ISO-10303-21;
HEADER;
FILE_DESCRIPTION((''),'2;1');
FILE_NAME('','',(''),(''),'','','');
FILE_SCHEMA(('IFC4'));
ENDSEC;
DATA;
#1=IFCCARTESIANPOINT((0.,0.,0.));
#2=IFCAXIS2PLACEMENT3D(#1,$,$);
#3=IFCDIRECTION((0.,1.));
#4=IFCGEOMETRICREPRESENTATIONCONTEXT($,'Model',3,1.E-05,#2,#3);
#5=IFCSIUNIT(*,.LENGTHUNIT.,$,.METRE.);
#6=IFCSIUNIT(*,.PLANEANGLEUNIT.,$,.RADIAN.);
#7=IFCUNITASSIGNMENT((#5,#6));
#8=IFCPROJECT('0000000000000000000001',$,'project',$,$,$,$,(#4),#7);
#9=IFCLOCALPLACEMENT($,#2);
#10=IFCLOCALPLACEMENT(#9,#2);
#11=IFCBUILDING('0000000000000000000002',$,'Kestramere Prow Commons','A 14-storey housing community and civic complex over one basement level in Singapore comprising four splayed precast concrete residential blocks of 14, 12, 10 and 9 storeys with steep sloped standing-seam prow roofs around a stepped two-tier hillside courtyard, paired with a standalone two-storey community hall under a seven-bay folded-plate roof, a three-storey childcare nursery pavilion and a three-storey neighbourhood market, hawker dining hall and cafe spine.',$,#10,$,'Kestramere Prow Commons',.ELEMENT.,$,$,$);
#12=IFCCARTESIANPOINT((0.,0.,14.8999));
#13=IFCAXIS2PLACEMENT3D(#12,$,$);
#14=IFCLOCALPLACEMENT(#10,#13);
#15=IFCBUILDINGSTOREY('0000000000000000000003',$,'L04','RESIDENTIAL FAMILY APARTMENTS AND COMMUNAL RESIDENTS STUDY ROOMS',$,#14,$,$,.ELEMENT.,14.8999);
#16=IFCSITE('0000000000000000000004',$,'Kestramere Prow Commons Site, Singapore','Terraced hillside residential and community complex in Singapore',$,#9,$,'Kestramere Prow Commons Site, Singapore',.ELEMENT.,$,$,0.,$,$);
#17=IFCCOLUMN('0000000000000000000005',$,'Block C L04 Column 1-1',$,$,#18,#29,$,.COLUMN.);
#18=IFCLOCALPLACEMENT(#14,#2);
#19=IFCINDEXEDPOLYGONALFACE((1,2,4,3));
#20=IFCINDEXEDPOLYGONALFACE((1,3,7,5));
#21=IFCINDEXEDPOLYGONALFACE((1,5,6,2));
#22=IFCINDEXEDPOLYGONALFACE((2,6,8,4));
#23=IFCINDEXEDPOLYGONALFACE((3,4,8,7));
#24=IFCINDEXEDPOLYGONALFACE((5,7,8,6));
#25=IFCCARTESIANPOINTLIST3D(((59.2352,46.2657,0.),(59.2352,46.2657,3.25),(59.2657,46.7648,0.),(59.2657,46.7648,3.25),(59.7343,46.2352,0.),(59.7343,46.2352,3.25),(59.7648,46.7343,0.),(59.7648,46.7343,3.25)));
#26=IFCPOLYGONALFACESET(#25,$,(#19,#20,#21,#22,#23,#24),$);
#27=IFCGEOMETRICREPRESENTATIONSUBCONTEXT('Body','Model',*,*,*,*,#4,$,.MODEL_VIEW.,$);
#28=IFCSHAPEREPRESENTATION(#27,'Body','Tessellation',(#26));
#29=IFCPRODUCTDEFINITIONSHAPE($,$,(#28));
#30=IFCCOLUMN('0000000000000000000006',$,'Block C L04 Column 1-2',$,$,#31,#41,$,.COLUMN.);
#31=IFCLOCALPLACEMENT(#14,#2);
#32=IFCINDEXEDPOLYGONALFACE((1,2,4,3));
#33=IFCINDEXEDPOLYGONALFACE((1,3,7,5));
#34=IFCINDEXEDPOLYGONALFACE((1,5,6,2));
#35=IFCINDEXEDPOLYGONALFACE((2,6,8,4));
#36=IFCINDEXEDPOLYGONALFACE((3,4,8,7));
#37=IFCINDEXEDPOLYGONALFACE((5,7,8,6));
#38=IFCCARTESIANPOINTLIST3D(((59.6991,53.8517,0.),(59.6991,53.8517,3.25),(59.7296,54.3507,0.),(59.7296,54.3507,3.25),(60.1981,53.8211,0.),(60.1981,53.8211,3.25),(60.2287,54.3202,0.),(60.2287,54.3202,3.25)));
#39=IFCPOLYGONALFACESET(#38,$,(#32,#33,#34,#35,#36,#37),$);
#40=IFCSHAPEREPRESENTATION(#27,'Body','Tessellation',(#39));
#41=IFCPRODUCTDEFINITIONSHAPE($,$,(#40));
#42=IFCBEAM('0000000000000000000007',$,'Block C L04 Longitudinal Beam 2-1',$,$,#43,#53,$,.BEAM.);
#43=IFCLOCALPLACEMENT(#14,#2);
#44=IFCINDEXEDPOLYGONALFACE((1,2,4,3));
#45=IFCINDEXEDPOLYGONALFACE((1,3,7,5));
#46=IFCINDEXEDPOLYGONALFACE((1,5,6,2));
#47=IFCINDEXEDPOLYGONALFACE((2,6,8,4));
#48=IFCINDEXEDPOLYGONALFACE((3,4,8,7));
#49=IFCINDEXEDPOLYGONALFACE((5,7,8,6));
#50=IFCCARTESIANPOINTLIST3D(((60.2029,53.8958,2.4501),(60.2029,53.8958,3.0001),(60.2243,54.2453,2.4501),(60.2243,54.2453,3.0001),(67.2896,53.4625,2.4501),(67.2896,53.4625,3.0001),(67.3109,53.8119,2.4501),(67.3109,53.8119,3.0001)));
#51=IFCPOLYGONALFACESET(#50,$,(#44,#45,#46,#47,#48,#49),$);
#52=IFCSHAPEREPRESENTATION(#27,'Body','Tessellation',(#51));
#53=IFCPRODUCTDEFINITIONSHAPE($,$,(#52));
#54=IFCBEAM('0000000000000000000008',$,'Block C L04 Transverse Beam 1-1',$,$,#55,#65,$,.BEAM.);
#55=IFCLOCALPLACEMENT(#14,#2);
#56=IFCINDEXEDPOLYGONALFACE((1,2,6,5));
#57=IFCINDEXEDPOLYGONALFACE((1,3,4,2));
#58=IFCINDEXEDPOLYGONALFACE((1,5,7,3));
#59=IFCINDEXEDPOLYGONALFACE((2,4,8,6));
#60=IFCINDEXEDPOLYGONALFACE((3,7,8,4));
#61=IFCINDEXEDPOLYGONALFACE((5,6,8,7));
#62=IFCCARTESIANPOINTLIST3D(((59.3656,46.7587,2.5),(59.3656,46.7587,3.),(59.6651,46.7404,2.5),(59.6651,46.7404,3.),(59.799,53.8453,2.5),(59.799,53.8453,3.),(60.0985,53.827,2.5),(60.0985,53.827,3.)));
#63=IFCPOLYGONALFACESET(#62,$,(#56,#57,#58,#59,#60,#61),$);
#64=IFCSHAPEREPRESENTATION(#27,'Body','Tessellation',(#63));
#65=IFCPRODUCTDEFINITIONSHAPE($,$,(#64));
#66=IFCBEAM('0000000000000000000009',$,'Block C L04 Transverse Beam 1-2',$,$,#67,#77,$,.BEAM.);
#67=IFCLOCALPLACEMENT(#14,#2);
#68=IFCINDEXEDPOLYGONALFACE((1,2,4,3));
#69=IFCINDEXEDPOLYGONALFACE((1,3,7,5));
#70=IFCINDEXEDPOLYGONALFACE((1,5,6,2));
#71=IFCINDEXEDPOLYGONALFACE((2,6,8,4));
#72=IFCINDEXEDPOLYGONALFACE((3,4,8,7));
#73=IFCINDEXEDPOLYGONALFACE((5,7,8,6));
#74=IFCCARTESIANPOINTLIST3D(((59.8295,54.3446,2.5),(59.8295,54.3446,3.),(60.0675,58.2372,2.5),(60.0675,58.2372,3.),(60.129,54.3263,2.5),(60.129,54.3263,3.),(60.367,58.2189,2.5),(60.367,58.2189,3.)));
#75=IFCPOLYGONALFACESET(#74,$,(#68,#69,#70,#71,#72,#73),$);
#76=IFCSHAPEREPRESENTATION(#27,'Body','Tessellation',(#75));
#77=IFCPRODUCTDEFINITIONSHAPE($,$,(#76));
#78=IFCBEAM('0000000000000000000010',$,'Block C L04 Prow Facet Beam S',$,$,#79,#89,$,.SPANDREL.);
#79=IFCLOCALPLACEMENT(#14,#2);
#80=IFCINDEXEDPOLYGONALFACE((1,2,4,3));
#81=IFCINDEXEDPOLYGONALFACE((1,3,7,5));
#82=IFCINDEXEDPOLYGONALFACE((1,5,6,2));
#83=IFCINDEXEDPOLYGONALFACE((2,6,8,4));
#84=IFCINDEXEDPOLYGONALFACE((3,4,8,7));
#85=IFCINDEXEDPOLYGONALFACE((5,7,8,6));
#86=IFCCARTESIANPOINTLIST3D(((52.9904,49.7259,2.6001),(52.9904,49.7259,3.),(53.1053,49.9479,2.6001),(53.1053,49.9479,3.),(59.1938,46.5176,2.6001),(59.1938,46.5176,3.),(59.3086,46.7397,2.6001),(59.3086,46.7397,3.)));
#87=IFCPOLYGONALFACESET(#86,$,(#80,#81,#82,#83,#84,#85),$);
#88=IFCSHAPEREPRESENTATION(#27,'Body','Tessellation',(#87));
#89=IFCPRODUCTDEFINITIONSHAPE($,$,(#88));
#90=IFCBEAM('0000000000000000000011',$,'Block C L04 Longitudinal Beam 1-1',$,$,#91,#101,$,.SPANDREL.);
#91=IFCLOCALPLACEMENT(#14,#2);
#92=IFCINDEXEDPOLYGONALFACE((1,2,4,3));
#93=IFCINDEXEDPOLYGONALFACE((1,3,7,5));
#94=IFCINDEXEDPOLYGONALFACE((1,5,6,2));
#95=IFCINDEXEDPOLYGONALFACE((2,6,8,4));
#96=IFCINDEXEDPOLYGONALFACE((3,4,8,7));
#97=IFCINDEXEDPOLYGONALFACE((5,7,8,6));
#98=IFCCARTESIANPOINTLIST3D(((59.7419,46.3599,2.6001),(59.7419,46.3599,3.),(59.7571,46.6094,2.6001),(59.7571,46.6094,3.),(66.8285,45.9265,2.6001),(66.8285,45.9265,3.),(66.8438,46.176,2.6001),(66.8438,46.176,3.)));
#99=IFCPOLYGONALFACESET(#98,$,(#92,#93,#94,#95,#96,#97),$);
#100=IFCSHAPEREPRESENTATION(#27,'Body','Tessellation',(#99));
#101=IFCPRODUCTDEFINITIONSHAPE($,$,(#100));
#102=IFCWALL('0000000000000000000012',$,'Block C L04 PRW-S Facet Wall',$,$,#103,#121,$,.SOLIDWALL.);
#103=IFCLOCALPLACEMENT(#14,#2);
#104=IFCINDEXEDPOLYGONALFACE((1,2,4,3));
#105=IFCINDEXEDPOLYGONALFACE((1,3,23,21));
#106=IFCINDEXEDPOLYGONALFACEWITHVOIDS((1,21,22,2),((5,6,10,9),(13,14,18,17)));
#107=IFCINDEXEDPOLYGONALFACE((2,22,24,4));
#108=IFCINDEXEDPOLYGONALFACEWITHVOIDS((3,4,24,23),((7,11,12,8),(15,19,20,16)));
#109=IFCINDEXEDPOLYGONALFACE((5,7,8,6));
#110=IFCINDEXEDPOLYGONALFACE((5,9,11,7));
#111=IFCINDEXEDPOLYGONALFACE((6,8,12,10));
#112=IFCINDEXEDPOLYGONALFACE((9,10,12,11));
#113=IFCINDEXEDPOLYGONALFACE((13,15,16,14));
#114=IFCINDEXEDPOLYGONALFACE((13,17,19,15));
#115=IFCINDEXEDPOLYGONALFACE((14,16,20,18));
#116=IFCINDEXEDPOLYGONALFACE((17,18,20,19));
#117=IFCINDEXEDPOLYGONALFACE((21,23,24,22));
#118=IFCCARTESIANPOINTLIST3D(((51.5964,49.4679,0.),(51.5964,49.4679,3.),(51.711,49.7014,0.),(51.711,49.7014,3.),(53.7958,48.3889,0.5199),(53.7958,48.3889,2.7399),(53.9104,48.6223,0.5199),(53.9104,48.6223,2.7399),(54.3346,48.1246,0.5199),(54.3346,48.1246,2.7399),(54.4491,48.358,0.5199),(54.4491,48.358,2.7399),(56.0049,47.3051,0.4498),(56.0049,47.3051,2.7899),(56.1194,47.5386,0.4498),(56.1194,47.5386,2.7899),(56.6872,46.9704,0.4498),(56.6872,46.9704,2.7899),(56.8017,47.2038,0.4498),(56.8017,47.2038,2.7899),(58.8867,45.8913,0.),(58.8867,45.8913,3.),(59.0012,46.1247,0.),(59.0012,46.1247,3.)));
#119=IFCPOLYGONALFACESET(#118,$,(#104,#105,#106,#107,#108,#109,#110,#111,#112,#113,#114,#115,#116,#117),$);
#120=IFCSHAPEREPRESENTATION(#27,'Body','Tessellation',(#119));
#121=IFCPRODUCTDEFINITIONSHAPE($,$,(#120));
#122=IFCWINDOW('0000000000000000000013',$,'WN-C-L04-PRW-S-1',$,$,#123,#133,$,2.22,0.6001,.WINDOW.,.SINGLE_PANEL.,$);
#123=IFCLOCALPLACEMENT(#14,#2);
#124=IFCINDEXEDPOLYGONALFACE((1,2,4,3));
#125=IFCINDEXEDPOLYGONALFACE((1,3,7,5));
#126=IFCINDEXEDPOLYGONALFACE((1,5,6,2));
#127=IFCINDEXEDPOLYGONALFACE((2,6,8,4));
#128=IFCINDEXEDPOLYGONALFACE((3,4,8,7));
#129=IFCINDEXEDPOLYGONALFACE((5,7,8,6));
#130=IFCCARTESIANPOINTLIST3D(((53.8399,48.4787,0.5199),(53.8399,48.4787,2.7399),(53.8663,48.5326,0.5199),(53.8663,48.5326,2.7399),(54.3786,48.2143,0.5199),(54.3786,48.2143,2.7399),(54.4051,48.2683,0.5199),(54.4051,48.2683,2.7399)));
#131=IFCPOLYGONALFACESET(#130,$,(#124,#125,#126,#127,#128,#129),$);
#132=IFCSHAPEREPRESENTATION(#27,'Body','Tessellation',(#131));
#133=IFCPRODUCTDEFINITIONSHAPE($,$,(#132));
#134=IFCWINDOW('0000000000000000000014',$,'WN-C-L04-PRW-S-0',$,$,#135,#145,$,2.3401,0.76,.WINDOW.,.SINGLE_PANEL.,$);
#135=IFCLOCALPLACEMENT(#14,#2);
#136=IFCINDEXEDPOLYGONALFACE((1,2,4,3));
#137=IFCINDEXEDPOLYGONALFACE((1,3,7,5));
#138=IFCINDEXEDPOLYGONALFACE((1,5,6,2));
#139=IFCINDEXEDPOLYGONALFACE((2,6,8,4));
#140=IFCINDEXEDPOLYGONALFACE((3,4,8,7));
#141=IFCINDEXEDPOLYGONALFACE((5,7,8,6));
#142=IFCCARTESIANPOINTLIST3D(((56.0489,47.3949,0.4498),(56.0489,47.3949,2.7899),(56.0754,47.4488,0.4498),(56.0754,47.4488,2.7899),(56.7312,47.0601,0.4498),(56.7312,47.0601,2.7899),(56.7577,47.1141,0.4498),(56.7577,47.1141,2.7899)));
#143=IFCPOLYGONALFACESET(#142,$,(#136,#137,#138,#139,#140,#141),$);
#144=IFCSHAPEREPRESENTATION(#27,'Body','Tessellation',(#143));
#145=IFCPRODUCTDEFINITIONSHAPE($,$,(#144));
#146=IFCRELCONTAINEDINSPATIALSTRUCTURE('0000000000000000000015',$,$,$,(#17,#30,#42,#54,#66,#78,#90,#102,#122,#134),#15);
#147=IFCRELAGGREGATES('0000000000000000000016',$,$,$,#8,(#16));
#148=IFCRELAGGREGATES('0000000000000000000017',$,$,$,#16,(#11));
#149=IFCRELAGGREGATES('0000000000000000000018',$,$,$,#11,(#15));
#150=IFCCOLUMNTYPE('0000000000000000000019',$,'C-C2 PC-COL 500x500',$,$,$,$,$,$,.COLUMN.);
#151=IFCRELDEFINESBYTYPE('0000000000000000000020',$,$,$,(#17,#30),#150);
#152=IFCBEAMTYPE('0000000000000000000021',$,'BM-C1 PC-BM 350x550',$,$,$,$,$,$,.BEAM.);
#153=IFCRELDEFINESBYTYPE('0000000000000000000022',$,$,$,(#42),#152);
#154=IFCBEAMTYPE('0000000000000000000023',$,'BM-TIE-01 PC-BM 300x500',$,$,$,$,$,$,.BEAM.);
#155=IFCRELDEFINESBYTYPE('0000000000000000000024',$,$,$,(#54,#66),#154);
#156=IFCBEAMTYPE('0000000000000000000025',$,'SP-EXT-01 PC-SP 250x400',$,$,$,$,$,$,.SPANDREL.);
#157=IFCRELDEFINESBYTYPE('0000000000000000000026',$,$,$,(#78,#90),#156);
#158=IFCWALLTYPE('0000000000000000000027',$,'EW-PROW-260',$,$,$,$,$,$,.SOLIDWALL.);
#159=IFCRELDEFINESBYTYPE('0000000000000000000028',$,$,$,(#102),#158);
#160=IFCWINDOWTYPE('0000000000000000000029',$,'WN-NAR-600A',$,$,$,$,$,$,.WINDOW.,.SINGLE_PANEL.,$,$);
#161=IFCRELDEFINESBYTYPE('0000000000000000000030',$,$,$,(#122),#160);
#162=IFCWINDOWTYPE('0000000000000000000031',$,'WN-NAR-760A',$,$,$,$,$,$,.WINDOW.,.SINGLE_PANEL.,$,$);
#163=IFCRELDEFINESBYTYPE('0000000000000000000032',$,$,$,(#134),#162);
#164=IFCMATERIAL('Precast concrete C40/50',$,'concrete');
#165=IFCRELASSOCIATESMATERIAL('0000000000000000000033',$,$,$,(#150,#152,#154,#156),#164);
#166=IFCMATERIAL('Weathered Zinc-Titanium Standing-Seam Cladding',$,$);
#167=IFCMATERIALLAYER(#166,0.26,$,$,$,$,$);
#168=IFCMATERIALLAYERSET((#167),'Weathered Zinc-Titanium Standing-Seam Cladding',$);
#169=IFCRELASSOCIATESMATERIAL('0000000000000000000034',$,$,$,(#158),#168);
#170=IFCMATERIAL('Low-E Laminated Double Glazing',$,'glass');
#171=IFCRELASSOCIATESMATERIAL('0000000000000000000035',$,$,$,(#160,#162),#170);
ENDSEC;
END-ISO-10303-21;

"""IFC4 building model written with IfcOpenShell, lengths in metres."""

from ifc_helpers import new_model, si_unit, direction, frame, frame_2d, origin, origin_2d, place, context, subcontext, project, spatial, rectangle, extrude, material, layer, layer_set, material_profile, profile_set, type_object, element, fill, save


model = new_model("IFC4")

# Units and contexts
model_context = context("Model", 3, precision=1e-05, world=origin(), true_north=direction((0.0, 1.0)))
body_context = subcontext(model_context, "Body", "Model", "MODEL_VIEW")
ifc_project = project(units=[si_unit("LENGTHUNIT", "METRE"), si_unit("PLANEANGLEUNIT", "RADIAN")], contexts=[model_context])

# Site, building, storey
site_placement = place(None, origin())
site = spatial("IfcSite", under=ifc_project, at=site_placement, Name="Kestramere Prow Commons Site, Singapore", Description="Terraced hillside residential and community complex in Singapore", LongName="Kestramere Prow Commons Site, Singapore", CompositionType="ELEMENT", RefElevation=0.0)
building_placement = place(site_placement, origin())
building = spatial("IfcBuilding", under=site, at=building_placement, Name="Kestramere Prow Commons", Description="A 14-storey housing community and civic complex over one basement level in Singapore comprising four splayed precast concrete residential blocks of 14, 12, 10 and 9 storeys with steep sloped standing-seam prow roofs around a stepped two-tier hillside courtyard, paired with a standalone two-storey community hall under a seven-bay folded-plate roof, a three-storey childcare nursery pavilion and a three-storey neighbourhood market, hawker dining hall and cafe spine.", LongName="Kestramere Prow Commons", CompositionType="ELEMENT")
storey_placement = place(building_placement, frame((0.0, 0.0, 14.8999)))
storey = spatial("IfcBuildingStorey", under=building, at=storey_placement, Name="L04", Description="RESIDENTIAL FAMILY APARTMENTS AND COMMUNAL RESIDENTS STUDY ROOMS", CompositionType="ELEMENT", Elevation=14.8999)

# Columns
ifc_material_1 = material(Name="Precast concrete C40/50", Category="concrete")
ifc_material_profile_1 = material_profile(ifc_material_1, rectangle(XDim=0.5, YDim=0.5, at=origin_2d()), Name="PC-COL 500x500")
ifc_profile_set_1 = profile_set([ifc_material_profile_1], Name="Precast concrete C40/50")
column_type = type_object("IfcColumnType", Name="C-C2 PC-COL 500x500", PredefinedType="COLUMN", material=ifc_profile_set_1)
for number, where, z_axis, x_axis, name in (
    (1, (59.5, 46.5, 0.0), (0.0, 0.0, 1.0), (0.998135, -0.061049, 0.0), "Block C L04 Column 1-1"),
    (2, (59.9639, 54.0859, 0.0), (0.0, 0.0, 1.0), (0.998135, -0.061049, 0.0), "Block C L04 Column 1-2"),
):
    element("IfcColumn", number, at=place(storey_placement, frame(where, z_axis=z_axis, x_axis=x_axis)), inside=storey, type_object=column_type, Name=name, PredefinedType="COLUMN", context=body_context, shape_type="SweptSolid", body=[
        extrude(rectangle(XDim=0.5, YDim=0.5, at=origin_2d()), origin(), (0.0, 0.0, 1.0), 3.25),
    ])

# Beams
ifc_material_profile_2 = material_profile(ifc_material_1, rectangle(XDim=0.3501, YDim=0.55, at=origin_2d()), Name="PC-BM 350x550")
ifc_profile_set_2 = profile_set([ifc_material_profile_2], Name="Precast concrete C40/50")
beam_type_1 = type_object("IfcBeamType", Name="BM-C1 PC-BM 350x550", PredefinedType="BEAM", material=ifc_profile_set_2)
beam_1_placement = place(storey_placement, frame((60.2136, 54.0706, 2.7251), z_axis=(0.998136, -0.061036, 0.0), x_axis=(0.061036, 0.998136, 0.0)))
element("IfcBeam", 3, at=beam_1_placement, inside=storey, type_object=beam_type_1, Name="Block C L04 Longitudinal Beam 2-1", PredefinedType="BEAM", context=body_context, shape_type="SweptSolid", body=[
    extrude(rectangle(XDim=0.3501, YDim=0.55, at=origin_2d()), origin(), (0.0, 0.0, 1.0), 7.0999),
])
ifc_material_profile_3 = material_profile(ifc_material_1, rectangle(XDim=0.3, YDim=0.5, at=origin_2d()), Name="PC-BM 300x500")
ifc_profile_set_3 = profile_set([ifc_material_profile_3], Name="Precast concrete C40/50")
beam_type_2 = type_object("IfcBeamType", Name="BM-TIE-01 PC-BM 300x500", PredefinedType="BEAM", material=ifc_profile_set_3)
beam_2_placement = place(storey_placement, frame((59.5154, 46.7495, 2.75), z_axis=(0.061036, 0.998136, 0.0), x_axis=(-0.998136, 0.061036, 0.0)))
element("IfcBeam", 4, at=beam_2_placement, inside=storey, type_object=beam_type_2, Name="Block C L04 Transverse Beam 1-1", PredefinedType="BEAM", context=body_context, shape_type="SweptSolid", body=[
    extrude(rectangle(XDim=0.3, YDim=0.5, at=origin_2d()), origin(), (0.0, 0.0, 1.0), 7.0999),
])
beam_3_placement = place(storey_placement, frame((59.9792, 54.3354, 2.75), z_axis=(0.061038, 0.998135, 0.0), x_axis=(-0.998135, 0.061038, 0.0)))
element("IfcBeam", 5, at=beam_3_placement, inside=storey, type_object=beam_type_2, Name="Block C L04 Transverse Beam 1-2", PredefinedType="BEAM", context=body_context, shape_type="SweptSolid", body=[
    extrude(rectangle(XDim=0.3, YDim=0.5, at=origin_2d()), origin(), (0.0, 0.0, 1.0), 3.8999),
])
ifc_material_profile_4 = material_profile(ifc_material_1, rectangle(XDim=0.25, YDim=0.3999, at=origin_2d()), Name="PC-SP 250x400")
ifc_profile_set_4 = profile_set([ifc_material_profile_4], Name="Precast concrete C40/50")
beam_type_3 = type_object("IfcBeamType", Name="SP-EXT-01 PC-SP 250x400", PredefinedType="SPANDREL", material=ifc_profile_set_4)
beam_4_placement = place(storey_placement, frame((59.2512, 46.6287, 2.8), z_axis=(-0.88824, 0.459379, 0.0), x_axis=(-0.459379, -0.88824, 0.0)))
element("IfcBeam", 6, at=beam_4_placement, inside=storey, type_object=beam_type_3, Name="Block C L04 Prow Facet Beam S", PredefinedType="SPANDREL", context=body_context, shape_type="SweptSolid", body=[
    extrude(rectangle(XDim=0.25, YDim=0.3999, at=origin_2d()), origin(), (0.0, 0.0, 1.0), 6.9839),
])
beam_5_placement = place(storey_placement, frame((59.7495, 46.4846, 2.8), z_axis=(0.998136, -0.061036, 0.0), x_axis=(0.061036, 0.998136, 0.0)))
element("IfcBeam", 7, at=beam_5_placement, inside=storey, type_object=beam_type_3, Name="Block C L04 Longitudinal Beam 1-1", PredefinedType="SPANDREL", context=body_context, shape_type="SweptSolid", body=[
    extrude(rectangle(XDim=0.25, YDim=0.3999, at=origin_2d()), origin(), (0.0, 0.0, 1.0), 7.0999),
])

# Wall, openings, windows
ifc_material_2 = material(Name="Weathered Zinc-Titanium Standing-Seam Cladding")
ifc_layer_1 = layer(ifc_material_2, 0.26)
ifc_layer_set_1 = layer_set([ifc_layer_1], Name="Weathered Zinc-Titanium Standing-Seam Cladding")
wall_type_1 = type_object("IfcWallType", Name="EW-PROW-260", PredefinedType="SOLIDWALL", material=ifc_layer_set_1)
wall_1_placement = place(storey_placement, frame((58.9438, 46.0081, 0.0), z_axis=(0.0, 0.0, 1.0), x_axis=(-0.897775, 0.440454, 0.0)))
wall_1 = element("IfcWall", 8, at=wall_1_placement, inside=storey, type_object=wall_type_1, Name="Block C L04 PRW-S Facet Wall", PredefinedType="SOLIDWALL", context=body_context, shape_type="SweptSolid", body=[
    extrude(rectangle(XDim=8.1204, YDim=0.26, at=frame_2d((4.0601, 0.0))), origin(), (0.0, 0.0, 1.0), 3.0),
])
opening_1_placement = place(wall_1_placement, frame((2.45, 0.0, 0.45)))
opening_1 = element("IfcOpeningElement", 9, at=opening_1_placement, cuts=wall_1, PredefinedType="OPENING", context=body_context, shape_type="SweptSolid", body=[
    extrude(rectangle(XDim=0.76, YDim=2.3401, at=frame_2d((0.3799, 1.1699))), frame((0.0, 0.145, 0.0), z_axis=(0.0, -1.0, 0.0), x_axis=(1.0, 0.0, 0.0)), (0.0, 0.0, 1.0), 0.29),
])
opening_2_placement = place(wall_1_placement, frame((5.0703, 0.0, 0.52)))
opening_2 = element("IfcOpeningElement", 10, at=opening_2_placement, cuts=wall_1, PredefinedType="OPENING", context=body_context, shape_type="SweptSolid", body=[
    extrude(rectangle(XDim=0.6001, YDim=2.22, at=frame_2d((0.3, 1.1099))), frame((0.0, 0.145, 0.0), z_axis=(0.0, -1.0, 0.0), x_axis=(1.0, 0.0, 0.0)), (0.0, 0.0, 1.0), 0.29),
])
ifc_material_3 = material(Name="Low-E Laminated Double Glazing", Category="glass")
window_type_1 = type_object("IfcWindowType", Name="WN-NAR-600A", PartitioningType="SINGLE_PANEL", PredefinedType="WINDOW", material=ifc_material_3)
window_1_placement = place(opening_2_placement, origin())
window_1 = element("IfcWindow", 11, at=window_1_placement, inside=storey, type_object=window_type_1, Name="WN-C-L04-PRW-S-1", OverallHeight=2.22, OverallWidth=0.6001, PartitioningType="SINGLE_PANEL", PredefinedType="WINDOW", context=body_context, shape_type="SweptSolid", body=[
    extrude(rectangle(XDim=0.6001, YDim=2.22, at=frame_2d((0.3, 1.1099))), frame((0.0, 0.03, 0.0), z_axis=(0.0, -1.0, 0.0), x_axis=(1.0, 0.0, 0.0)), (0.0, 0.0, 1.0), 0.0601),
])
fill(opening_2, window_1)
window_type_2 = type_object("IfcWindowType", Name="WN-NAR-760A", PartitioningType="SINGLE_PANEL", PredefinedType="WINDOW", material=ifc_material_3)
window_2_placement = place(opening_1_placement, origin())
window_2 = element("IfcWindow", 12, at=window_2_placement, inside=storey, type_object=window_type_2, Name="WN-C-L04-PRW-S-0", OverallHeight=2.3401, OverallWidth=0.76, PartitioningType="SINGLE_PANEL", PredefinedType="WINDOW", context=body_context, shape_type="SweptSolid", body=[
    extrude(rectangle(XDim=0.76, YDim=2.3401, at=frame_2d((0.3799, 1.1699))), frame((0.0, 0.03, 0.0), z_axis=(0.0, -1.0, 0.0), x_axis=(1.0, 0.0, 0.0)), (0.0, 0.0, 1.0), 0.0601),
])
fill(opening_1, window_2)

save(model, "model.ifc")
